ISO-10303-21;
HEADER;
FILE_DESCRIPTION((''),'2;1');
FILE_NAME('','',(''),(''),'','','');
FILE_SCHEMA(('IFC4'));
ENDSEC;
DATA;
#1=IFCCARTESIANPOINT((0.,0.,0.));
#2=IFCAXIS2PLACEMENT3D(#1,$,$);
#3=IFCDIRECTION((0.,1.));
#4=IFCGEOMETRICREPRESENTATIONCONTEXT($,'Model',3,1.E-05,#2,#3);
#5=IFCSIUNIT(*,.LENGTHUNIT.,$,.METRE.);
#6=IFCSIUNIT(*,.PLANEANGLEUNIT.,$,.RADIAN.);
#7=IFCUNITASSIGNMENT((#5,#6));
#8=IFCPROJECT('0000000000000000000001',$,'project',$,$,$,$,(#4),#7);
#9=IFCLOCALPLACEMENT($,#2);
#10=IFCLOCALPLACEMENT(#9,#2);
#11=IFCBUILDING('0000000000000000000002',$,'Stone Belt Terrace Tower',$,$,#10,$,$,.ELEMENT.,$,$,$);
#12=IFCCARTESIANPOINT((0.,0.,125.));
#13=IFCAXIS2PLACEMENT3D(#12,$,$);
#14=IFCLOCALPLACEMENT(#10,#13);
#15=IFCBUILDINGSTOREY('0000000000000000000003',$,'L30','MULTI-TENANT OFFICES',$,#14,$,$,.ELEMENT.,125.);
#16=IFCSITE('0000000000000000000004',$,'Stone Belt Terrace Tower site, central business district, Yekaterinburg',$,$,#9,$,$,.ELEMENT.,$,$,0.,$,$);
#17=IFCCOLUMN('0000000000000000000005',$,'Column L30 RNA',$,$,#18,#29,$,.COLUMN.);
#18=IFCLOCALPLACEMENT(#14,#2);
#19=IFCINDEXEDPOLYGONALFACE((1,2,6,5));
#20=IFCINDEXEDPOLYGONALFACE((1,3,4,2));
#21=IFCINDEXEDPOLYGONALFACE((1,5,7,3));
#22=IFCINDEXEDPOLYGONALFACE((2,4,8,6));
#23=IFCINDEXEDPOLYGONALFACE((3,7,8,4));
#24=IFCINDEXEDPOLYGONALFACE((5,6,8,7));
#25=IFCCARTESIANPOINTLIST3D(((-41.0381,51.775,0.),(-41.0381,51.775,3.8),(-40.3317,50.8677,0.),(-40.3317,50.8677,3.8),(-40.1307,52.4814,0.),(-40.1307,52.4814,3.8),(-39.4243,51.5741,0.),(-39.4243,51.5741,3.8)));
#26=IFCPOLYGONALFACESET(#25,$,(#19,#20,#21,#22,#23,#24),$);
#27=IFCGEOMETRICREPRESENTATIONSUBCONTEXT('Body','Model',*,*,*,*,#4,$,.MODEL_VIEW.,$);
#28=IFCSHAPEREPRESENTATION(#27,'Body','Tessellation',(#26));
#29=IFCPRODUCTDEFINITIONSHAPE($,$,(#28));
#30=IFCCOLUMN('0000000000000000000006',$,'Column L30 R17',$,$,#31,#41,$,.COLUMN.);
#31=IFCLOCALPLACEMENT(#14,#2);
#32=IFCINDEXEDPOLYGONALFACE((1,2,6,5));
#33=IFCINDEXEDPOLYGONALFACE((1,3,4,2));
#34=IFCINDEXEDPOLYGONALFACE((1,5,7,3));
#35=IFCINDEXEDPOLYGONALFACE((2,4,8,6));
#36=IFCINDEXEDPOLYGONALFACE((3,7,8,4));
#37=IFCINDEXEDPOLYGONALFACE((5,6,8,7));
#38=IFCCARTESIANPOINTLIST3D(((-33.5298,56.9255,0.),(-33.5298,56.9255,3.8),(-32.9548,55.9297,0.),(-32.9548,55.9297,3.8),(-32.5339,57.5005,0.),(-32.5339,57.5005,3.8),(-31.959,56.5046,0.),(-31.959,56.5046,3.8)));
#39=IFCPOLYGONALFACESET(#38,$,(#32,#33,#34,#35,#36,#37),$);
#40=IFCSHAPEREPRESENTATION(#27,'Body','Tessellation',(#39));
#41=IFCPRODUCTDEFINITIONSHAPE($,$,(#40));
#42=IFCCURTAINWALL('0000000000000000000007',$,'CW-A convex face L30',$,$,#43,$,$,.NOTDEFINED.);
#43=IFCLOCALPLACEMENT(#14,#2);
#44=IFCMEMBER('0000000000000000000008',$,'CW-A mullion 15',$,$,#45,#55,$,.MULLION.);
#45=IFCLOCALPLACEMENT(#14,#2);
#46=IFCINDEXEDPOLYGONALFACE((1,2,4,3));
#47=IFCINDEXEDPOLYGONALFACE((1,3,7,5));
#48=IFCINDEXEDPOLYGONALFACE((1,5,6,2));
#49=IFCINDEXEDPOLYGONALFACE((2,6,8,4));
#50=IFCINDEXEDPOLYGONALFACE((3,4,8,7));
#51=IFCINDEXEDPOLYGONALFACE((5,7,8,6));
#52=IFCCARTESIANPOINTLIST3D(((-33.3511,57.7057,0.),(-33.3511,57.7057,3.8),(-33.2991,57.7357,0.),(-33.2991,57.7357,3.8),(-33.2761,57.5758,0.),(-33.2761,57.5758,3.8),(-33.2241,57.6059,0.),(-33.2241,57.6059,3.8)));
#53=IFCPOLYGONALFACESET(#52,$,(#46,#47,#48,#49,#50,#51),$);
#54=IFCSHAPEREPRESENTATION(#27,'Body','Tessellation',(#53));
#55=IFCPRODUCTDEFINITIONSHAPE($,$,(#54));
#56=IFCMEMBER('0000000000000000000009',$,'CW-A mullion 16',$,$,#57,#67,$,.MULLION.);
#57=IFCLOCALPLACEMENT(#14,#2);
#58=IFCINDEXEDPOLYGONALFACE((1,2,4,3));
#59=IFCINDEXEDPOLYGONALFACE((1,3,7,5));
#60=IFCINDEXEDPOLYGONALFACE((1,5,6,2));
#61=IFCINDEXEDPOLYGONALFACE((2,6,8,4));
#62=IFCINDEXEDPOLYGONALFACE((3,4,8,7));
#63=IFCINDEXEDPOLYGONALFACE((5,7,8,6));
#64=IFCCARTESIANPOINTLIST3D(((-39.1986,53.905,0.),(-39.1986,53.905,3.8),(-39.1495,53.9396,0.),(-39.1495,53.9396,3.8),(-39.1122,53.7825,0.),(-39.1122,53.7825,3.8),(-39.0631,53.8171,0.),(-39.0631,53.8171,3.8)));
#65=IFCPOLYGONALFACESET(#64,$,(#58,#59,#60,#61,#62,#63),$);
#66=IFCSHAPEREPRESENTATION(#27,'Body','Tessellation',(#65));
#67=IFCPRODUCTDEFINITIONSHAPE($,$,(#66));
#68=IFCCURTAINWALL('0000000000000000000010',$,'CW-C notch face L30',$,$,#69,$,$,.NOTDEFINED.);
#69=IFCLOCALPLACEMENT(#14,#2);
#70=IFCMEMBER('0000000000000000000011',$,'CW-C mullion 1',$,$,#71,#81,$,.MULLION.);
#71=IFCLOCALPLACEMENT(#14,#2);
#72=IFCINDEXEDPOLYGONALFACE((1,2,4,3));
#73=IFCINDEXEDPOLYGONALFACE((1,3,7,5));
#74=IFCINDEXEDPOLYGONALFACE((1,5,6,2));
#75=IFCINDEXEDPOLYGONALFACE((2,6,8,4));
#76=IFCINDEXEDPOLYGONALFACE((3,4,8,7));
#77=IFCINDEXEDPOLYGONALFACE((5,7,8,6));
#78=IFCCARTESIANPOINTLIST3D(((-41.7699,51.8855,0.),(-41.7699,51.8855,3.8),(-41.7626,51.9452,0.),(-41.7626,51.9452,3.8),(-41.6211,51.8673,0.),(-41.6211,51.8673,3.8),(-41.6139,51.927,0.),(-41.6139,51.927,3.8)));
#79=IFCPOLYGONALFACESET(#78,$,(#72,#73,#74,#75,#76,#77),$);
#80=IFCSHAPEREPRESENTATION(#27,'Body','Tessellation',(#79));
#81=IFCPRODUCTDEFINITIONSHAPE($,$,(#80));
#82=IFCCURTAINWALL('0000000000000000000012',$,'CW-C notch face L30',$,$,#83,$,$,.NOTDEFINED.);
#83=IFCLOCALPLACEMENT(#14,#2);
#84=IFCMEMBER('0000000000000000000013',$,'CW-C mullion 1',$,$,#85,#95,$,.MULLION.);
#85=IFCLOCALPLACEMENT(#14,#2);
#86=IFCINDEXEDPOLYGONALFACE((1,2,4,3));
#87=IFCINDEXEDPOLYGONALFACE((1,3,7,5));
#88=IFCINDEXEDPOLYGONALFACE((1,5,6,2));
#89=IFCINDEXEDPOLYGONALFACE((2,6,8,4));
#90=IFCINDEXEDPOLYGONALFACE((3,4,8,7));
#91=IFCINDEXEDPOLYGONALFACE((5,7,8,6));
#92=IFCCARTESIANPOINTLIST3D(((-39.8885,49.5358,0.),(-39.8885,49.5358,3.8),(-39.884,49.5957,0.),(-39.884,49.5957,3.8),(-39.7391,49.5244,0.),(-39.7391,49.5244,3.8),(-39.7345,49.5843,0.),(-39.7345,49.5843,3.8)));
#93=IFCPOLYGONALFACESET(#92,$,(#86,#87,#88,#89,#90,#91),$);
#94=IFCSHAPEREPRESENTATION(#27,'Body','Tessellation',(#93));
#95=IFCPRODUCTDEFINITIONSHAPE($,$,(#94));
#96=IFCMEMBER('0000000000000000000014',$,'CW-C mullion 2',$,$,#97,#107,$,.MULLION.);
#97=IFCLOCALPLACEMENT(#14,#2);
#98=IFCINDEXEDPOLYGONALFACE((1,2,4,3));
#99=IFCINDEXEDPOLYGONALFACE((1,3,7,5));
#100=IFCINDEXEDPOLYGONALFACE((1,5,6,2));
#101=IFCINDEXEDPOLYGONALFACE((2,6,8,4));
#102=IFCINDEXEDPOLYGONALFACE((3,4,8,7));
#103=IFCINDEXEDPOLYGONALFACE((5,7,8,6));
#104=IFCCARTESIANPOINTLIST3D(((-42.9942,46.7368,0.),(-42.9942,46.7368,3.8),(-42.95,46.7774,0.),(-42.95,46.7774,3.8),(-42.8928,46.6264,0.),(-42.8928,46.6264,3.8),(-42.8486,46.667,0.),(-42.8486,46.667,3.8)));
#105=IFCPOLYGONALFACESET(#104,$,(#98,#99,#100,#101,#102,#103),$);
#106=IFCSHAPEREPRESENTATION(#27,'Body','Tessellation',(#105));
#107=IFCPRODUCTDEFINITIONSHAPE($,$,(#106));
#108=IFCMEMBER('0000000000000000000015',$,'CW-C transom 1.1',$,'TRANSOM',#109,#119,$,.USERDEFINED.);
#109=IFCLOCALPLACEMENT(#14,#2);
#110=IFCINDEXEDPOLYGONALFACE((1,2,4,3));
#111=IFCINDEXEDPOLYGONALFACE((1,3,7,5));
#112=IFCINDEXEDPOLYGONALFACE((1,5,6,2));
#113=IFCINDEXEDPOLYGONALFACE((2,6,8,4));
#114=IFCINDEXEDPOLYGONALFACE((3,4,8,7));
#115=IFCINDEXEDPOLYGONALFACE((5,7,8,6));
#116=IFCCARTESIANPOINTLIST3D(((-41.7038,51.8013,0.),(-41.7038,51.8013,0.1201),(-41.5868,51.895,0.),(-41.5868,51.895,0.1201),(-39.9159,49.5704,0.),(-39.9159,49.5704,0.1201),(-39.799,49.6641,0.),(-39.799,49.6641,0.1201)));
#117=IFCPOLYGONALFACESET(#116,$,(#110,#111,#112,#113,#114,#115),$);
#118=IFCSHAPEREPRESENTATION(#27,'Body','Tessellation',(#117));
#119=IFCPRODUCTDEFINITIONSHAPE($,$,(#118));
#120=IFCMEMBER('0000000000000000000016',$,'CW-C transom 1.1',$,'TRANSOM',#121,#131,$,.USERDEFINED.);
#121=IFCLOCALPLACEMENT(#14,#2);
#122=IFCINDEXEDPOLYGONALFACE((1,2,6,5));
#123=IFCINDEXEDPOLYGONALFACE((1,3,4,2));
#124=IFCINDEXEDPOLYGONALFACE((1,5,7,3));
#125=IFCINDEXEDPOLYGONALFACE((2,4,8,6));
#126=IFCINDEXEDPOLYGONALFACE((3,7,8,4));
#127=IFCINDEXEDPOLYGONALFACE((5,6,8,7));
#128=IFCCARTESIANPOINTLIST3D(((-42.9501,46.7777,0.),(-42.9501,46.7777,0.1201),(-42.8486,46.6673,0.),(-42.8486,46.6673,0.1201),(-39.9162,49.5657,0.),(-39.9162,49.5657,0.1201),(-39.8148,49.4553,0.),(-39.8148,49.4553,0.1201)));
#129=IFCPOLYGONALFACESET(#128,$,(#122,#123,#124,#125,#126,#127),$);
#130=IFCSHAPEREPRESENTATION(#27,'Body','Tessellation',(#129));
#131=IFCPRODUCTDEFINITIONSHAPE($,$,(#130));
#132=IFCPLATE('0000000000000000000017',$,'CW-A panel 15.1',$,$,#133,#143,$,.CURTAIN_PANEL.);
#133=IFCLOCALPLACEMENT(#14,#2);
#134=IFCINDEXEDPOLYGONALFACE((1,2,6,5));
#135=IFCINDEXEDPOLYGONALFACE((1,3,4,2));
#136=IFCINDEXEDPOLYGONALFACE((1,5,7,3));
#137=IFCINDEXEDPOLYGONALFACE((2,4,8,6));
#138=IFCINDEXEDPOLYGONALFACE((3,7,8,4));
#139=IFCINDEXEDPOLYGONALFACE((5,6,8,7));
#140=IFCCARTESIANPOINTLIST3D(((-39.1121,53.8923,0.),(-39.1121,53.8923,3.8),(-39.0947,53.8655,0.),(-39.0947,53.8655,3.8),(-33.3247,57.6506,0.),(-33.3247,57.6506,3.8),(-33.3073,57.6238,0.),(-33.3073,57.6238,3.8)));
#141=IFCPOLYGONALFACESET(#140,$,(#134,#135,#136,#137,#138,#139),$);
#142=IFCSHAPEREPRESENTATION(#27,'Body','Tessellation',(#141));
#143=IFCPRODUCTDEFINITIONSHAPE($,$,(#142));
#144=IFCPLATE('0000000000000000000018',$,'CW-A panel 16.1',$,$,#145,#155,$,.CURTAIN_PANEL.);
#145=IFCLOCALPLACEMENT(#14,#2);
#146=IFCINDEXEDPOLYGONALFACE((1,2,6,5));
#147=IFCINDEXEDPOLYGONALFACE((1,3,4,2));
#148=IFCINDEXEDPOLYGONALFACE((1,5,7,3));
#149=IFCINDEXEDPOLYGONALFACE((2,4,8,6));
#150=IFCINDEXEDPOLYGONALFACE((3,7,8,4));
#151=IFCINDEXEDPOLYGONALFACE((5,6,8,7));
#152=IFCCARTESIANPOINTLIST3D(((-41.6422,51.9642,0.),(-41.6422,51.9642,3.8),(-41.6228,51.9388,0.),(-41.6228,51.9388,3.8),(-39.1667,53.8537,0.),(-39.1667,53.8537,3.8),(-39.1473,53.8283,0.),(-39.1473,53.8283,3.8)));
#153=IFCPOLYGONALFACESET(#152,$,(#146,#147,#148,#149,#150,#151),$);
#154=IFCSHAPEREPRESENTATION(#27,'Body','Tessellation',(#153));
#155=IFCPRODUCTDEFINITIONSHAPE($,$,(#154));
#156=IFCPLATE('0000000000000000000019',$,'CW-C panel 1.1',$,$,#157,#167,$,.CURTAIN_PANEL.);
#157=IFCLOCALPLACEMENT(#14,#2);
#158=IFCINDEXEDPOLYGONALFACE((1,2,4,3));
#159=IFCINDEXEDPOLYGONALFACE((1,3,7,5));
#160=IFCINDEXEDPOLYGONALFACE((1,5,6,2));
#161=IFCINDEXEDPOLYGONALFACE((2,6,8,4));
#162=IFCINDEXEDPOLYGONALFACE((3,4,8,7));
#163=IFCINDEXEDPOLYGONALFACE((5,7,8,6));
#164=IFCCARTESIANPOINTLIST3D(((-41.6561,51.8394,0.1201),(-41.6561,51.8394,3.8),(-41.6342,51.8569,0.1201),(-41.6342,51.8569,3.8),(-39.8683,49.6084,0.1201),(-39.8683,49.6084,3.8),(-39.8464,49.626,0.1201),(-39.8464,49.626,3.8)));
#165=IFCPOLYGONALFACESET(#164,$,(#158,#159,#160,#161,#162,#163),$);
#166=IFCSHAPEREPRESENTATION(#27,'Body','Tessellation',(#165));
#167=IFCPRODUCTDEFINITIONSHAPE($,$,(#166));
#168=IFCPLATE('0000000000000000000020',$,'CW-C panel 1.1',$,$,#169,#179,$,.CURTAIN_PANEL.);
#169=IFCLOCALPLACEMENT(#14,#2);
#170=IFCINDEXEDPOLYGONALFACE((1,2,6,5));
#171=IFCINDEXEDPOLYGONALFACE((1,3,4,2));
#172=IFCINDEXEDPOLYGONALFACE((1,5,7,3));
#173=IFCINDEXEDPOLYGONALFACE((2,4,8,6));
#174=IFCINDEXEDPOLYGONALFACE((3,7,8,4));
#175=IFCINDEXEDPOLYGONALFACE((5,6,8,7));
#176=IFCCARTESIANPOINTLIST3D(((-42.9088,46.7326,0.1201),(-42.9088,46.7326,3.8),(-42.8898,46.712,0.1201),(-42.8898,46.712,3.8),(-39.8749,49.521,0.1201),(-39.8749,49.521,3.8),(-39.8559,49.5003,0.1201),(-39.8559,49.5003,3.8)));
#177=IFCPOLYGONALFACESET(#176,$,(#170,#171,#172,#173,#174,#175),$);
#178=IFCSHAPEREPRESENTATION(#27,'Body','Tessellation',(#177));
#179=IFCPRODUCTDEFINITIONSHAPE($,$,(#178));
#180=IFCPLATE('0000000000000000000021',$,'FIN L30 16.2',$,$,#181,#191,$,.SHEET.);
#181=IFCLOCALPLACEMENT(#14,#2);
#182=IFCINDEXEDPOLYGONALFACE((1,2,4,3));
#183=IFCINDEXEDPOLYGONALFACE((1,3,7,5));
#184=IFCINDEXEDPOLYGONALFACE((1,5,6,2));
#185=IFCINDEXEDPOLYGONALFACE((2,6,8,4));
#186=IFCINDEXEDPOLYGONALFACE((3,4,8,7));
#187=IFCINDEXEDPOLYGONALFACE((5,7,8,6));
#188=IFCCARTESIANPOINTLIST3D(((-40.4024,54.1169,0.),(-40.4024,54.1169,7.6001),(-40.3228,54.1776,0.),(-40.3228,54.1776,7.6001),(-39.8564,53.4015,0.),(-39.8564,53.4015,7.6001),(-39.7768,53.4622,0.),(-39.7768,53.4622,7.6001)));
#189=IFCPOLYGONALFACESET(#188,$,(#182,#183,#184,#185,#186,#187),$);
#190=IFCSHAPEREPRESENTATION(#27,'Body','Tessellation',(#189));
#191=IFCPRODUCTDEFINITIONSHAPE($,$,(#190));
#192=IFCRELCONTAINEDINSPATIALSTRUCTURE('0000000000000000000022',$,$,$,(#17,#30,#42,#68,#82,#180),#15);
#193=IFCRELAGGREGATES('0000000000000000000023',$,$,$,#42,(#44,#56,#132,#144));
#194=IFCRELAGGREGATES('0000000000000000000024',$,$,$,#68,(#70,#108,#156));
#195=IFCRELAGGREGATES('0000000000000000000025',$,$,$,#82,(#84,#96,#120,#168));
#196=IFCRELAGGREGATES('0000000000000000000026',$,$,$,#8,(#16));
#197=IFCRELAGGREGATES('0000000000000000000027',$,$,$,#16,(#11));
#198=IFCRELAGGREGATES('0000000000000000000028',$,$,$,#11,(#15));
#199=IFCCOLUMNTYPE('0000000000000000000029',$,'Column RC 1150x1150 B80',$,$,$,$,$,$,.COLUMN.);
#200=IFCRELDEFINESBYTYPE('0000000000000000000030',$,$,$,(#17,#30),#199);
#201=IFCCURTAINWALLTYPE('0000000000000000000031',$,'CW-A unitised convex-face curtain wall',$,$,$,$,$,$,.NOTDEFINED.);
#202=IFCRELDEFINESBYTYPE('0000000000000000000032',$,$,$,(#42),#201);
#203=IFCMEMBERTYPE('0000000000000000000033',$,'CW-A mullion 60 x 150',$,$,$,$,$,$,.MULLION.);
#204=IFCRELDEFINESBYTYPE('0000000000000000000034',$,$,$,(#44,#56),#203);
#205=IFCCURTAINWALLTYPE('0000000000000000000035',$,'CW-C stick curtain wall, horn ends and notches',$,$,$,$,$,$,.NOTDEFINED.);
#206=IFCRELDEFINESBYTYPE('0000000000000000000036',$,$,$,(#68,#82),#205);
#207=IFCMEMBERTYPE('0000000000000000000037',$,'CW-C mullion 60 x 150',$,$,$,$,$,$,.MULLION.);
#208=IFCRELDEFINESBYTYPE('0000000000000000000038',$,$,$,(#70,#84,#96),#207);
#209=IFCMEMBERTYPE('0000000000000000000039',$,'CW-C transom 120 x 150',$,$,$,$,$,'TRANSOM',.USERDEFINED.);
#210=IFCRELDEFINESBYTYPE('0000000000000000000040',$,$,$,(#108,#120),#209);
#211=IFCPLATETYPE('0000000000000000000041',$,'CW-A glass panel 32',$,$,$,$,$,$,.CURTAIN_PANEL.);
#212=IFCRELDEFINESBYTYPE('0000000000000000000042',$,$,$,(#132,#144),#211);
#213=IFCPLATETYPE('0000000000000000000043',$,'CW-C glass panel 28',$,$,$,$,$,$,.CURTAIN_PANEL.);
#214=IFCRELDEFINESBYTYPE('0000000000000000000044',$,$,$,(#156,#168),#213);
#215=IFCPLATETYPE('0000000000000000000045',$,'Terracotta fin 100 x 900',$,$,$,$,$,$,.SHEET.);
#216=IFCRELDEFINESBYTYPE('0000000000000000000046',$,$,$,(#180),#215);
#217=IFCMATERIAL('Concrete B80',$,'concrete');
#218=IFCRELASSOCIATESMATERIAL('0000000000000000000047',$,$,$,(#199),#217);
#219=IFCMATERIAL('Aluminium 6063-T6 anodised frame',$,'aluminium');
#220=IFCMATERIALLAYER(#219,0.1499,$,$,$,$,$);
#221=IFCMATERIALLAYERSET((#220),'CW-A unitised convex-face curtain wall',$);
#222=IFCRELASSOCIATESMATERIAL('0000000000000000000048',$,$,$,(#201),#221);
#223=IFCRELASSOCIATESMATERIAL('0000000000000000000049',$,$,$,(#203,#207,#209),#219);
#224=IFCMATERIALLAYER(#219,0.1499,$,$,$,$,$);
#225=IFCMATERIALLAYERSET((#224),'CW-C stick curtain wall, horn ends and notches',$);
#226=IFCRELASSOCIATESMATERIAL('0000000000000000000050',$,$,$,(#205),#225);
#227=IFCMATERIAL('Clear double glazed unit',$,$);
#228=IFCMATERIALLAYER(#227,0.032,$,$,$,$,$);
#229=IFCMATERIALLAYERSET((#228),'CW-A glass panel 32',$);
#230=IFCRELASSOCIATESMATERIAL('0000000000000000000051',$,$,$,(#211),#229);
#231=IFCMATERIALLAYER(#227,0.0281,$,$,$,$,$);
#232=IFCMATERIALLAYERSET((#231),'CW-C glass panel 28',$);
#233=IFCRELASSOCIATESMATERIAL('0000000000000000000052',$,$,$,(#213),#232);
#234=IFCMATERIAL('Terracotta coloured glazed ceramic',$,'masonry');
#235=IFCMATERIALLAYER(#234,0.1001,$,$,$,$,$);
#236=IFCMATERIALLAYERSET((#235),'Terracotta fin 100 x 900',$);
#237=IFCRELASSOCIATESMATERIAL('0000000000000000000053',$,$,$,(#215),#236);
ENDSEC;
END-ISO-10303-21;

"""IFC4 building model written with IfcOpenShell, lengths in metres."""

from ifc_helpers import new_model, si_unit, direction, frame, origin, origin_2d, place, context, subcontext, project, spatial, rectangle, extrude, material, layer, layer_set, material_profile, profile_set, type_object, element, aggregate, save


model = new_model("IFC4")

# Units and contexts
model_context = context("Model", 3, precision=1e-05, world=origin(), true_north=direction((0.0, 1.0)))
body_context = subcontext(model_context, "Body", "Model", "MODEL_VIEW")
ifc_project = project(units=[si_unit("LENGTHUNIT", "METRE"), si_unit("PLANEANGLEUNIT", "RADIAN")], contexts=[model_context])

# Site, building, storey
site_placement = place(None, origin())
site = spatial("IfcSite", under=ifc_project, at=site_placement, Name="Stone Belt Terrace Tower site, central business district, Yekaterinburg", CompositionType="ELEMENT", RefElevation=0.0)
building_placement = place(site_placement, origin())
building = spatial("IfcBuilding", under=site, at=building_placement, Name="Stone Belt Terrace Tower", CompositionType="ELEMENT")
storey_placement = place(building_placement, frame((0.0, 0.0, 125.0)))
storey = spatial("IfcBuildingStorey", under=building, at=storey_placement, Name="L30", Description="MULTI-TENANT OFFICES", CompositionType="ELEMENT", Elevation=125.0)

# Columns
ifc_material_1 = material(Name="Concrete B80", Category="concrete")
ifc_material_profile_1 = material_profile(ifc_material_1, rectangle(XDim=1.1499, YDim=1.1499, at=origin_2d()), Name="RC 1150x1150")
ifc_profile_set_1 = profile_set([ifc_material_profile_1], Name="Concrete B80")
column_type = type_object("IfcColumnType", Name="Column RC 1150x1150 B80", PredefinedType="COLUMN", material=ifc_profile_set_1)
for number, where, z_axis, x_axis, name in (
    (1, (-40.2312, 51.6746, 0.0), (0.0, 0.0, 1.0), (0.789057, 0.61432, 0.0), "Column L30 RNA"),
    (2, (-32.7444, 56.7151, 0.0), (0.0, 0.0, 1.0), (0.866025, 0.5, 0.0), "Column L30 R17"),
):
    element("IfcColumn", number, at=place(storey_placement, frame(where, z_axis=z_axis, x_axis=x_axis)), inside=storey, type_object=column_type, Name=name, PredefinedType="COLUMN", context=body_context, shape_type="SweptSolid", body=[
        extrude(rectangle(XDim=1.1499, YDim=1.1499, at=origin_2d()), origin(), (0.0, 0.0, 1.0), 3.8),
    ])

# Curtain wall, members
ifc_material_2 = material(Name="Aluminium 6063-T6 anodised frame", Category="aluminium")
ifc_layer_1 = layer(ifc_material_2, 0.1499)
ifc_layer_set_1 = layer_set([ifc_layer_1], Name="CW-A unitised convex-face curtain wall")
curtain_wall_type_1 = type_object("IfcCurtainWallType", Name="CW-A unitised convex-face curtain wall", PredefinedType="NOTDEFINED", material=ifc_layer_set_1)
curtain_wall_1_placement = place(storey_placement, origin())
curtain_wall_1 = element("IfcCurtainWall", 3, at=curtain_wall_1_placement, inside=storey, type_object=curtain_wall_type_1, Name="CW-A convex face L30", PredefinedType="NOTDEFINED")
ifc_material_profile_2 = material_profile(ifc_material_2, rectangle(XDim=0.1499, YDim=0.0601, at=origin_2d()), Name="Aluminium 6063-T6 60x150")
ifc_profile_set_2 = profile_set([ifc_material_profile_2], Name="Aluminium 6063-T6 anodised frame")
member_type_1 = type_object("IfcMemberType", Name="CW-A mullion 60 x 150", PredefinedType="MULLION", material=ifc_profile_set_2)
member_1_placement = place(storey_placement, frame((-33.2876, 57.6558, 0.0), z_axis=(0.0, 0.0, 1.0), x_axis=(0.5, -0.866025, 0.0)))
member_1 = element("IfcMember", 4, at=member_1_placement, type_object=member_type_1, Name="CW-A mullion 15", PredefinedType="MULLION", context=body_context, shape_type="SweptSolid", body=[
    extrude(rectangle(XDim=0.1499, YDim=0.0601, at=origin_2d()), origin(), (0.0, 0.0, 1.0), 3.8),
])
member_2_placement = place(storey_placement, frame((-39.1309, 53.8611, 0.0), z_axis=(0.0, 0.0, 1.0), x_axis=(0.576102, -0.817378, 0.0)))
member_2 = element("IfcMember", 5, at=member_2_placement, type_object=member_type_1, Name="CW-A mullion 16", PredefinedType="MULLION", context=body_context, shape_type="SweptSolid", body=[
    extrude(rectangle(XDim=0.1499, YDim=0.0601, at=origin_2d()), origin(), (0.0, 0.0, 1.0), 3.8),
])

# Curtain wall, member
ifc_layer_2 = layer(ifc_material_2, 0.1499)
ifc_layer_set_2 = layer_set([ifc_layer_2], Name="CW-C stick curtain wall, horn ends and notches")
curtain_wall_type_2 = type_object("IfcCurtainWallType", Name="CW-C stick curtain wall, horn ends and notches", PredefinedType="NOTDEFINED", material=ifc_layer_set_2)
curtain_wall_2_placement = place(storey_placement, origin())
curtain_wall_2 = element("IfcCurtainWall", 6, at=curtain_wall_2_placement, inside=storey, type_object=curtain_wall_type_2, Name="CW-C notch face L30", PredefinedType="NOTDEFINED")
ifc_material_profile_3 = material_profile(ifc_material_2, rectangle(XDim=0.1499, YDim=0.0601, at=origin_2d()), Name="Aluminium 6063-T6 60x150")
ifc_profile_set_3 = profile_set([ifc_material_profile_3], Name="Aluminium 6063-T6 anodised frame")
member_type_2 = type_object("IfcMemberType", Name="CW-C mullion 60 x 150", PredefinedType="MULLION", material=ifc_profile_set_3)
member_3_placement = place(storey_placement, frame((-41.6919, 51.9062, 0.0), z_axis=(0.0, 0.0, 1.0), x_axis=(0.992611, -0.121341, 0.0)))
member_3 = element("IfcMember", 7, at=member_3_placement, type_object=member_type_2, Name="CW-C mullion 1", PredefinedType="MULLION", context=body_context, shape_type="SweptSolid", body=[
    extrude(rectangle(XDim=0.1499, YDim=0.0601, at=origin_2d()), origin(), (0.0, 0.0, 1.0), 3.8),
])

# Curtain wall, members
curtain_wall_3_placement = place(storey_placement, origin())
curtain_wall_3 = element("IfcCurtainWall", 8, at=curtain_wall_3_placement, inside=storey, type_object=curtain_wall_type_2, Name="CW-C notch face L30", PredefinedType="NOTDEFINED")
member_4_placement = place(storey_placement, frame((-39.8115, 49.5601, 0.0), z_axis=(0.0, 0.0, 1.0), x_axis=(0.997114, -0.07592, 0.0)))
member_4 = element("IfcMember", 9, at=member_4_placement, type_object=member_type_2, Name="CW-C mullion 1", PredefinedType="MULLION", context=body_context, shape_type="SweptSolid", body=[
    extrude(rectangle(XDim=0.1499, YDim=0.0601, at=origin_2d()), origin(), (0.0, 0.0, 1.0), 3.8),
])
member_5_placement = place(storey_placement, frame((-42.9214, 46.7019, 0.0), z_axis=(0.0, 0.0, 1.0), x_axis=(0.676677, -0.73628, 0.0)))
member_5 = element("IfcMember", 10, at=member_5_placement, type_object=member_type_2, Name="CW-C mullion 2", PredefinedType="MULLION", context=body_context, shape_type="SweptSolid", body=[
    extrude(rectangle(XDim=0.1499, YDim=0.0601, at=origin_2d()), origin(), (0.0, 0.0, 1.0), 3.8),
])

# Members
ifc_material_profile_4 = material_profile(ifc_material_2, rectangle(XDim=0.1499, YDim=0.1201, at=origin_2d()), Name="Aluminium 6063-T6 150x120")
ifc_profile_set_4 = profile_set([ifc_material_profile_4], Name="Aluminium 6063-T6 anodised frame")
member_type_3 = type_object("IfcMemberType", Name="CW-C transom 120 x 150", ElementType="TRANSOM", PredefinedType="USERDEFINED", material=ifc_profile_set_4)
member_6_placement = place(storey_placement, frame((-41.6453, 51.8481, 0.0601), z_axis=(0.625351, -0.780344, 0.0), x_axis=(0.780344, 0.625351, 0.0)))
member_6 = element("IfcMember", 11, at=member_6_placement, type_object=member_type_3, Name="CW-C transom 1.1", ObjectType="TRANSOM", PredefinedType="USERDEFINED", context=body_context, shape_type="SweptSolid", body=[
    extrude(rectangle(XDim=0.1499, YDim=0.1201, at=origin_2d()), origin(), (0.0, 0.0, 1.0), 2.8589),
])
member_7_placement = place(storey_placement, frame((-39.8655, 49.5105, 0.0601), z_axis=(-0.73631, -0.676644, 0.0), x_axis=(0.676644, -0.73631, 0.0)))
member_7 = element("IfcMember", 12, at=member_7_placement, type_object=member_type_3, Name="CW-C transom 1.1", ObjectType="TRANSOM", PredefinedType="USERDEFINED", context=body_context, shape_type="SweptSolid", body=[
    extrude(rectangle(XDim=0.1499, YDim=0.1201, at=origin_2d()), origin(), (0.0, 0.0, 1.0), 4.1204),
])

# Plates
ifc_material_3 = material(Name="Clear double glazed unit")
ifc_layer_3 = layer(ifc_material_3, 0.032)
ifc_layer_set_3 = layer_set([ifc_layer_3], Name="CW-A glass panel 32")
plate_type_1 = type_object("IfcPlateType", Name="CW-A glass panel 32", PredefinedType="CURTAIN_PANEL", material=ifc_layer_set_3)
plate_1_placement = place(storey_placement, frame((-36.2097, 55.7581, 0.0), z_axis=(0.0, 0.0, 1.0), x_axis=(-0.838671, -0.544639, 0.0)))
plate_1 = element("IfcPlate", 13, at=plate_1_placement, type_object=plate_type_1, Name="CW-A panel 15.1", PredefinedType="CURTAIN_PANEL", context=body_context, shape_type="SweptSolid", body=[
    extrude(rectangle(XDim=6.9006, YDim=0.032, at=origin_2d()), origin(), (0.0, 0.0, 1.0), 3.8),
])
plate_2_placement = place(storey_placement, frame((-40.3948, 52.8962, 0.0), z_axis=(0.0, 0.0, 1.0), x_axis=(-0.794905, -0.606733, 0.0)))
plate_2 = element("IfcPlate", 14, at=plate_2_placement, type_object=plate_type_1, Name="CW-A panel 16.1", PredefinedType="CURTAIN_PANEL", context=body_context, shape_type="SweptSolid", body=[
    extrude(rectangle(XDim=3.1143, YDim=0.032, at=origin_2d()), origin(), (0.0, 0.0, 1.0), 3.8),
])
aggregate(curtain_wall_1, [member_1, member_2, plate_1, plate_2])
ifc_layer_4 = layer(ifc_material_3, 0.0281)
ifc_layer_set_4 = layer_set([ifc_layer_4], Name="CW-C glass panel 28")
plate_type_2 = type_object("IfcPlateType", Name="CW-C glass panel 28", PredefinedType="CURTAIN_PANEL", material=ifc_layer_set_4)
plate_3_placement = place(storey_placement, frame((-40.7512, 50.7327, 0.1201), z_axis=(0.0, 0.0, 1.0), x_axis=(0.625343, -0.78035, 0.0)))
plate_3 = element("IfcPlate", 15, at=plate_3_placement, type_object=plate_type_2, Name="CW-C panel 1.1", PredefinedType="CURTAIN_PANEL", context=body_context, shape_type="SweptSolid", body=[
    extrude(rectangle(XDim=2.8589, YDim=0.0281, at=origin_2d()), origin(), (0.0, 0.0, 1.0), 3.6799),
])
aggregate(curtain_wall_2, [member_3, member_6, plate_3])
plate_4_placement = place(storey_placement, frame((-41.3823, 48.1165, 0.1201), z_axis=(0.0, 0.0, 1.0), x_axis=(-0.73628, -0.676677, 0.0)))
plate_4 = element("IfcPlate", 16, at=plate_4_placement, type_object=plate_type_2, Name="CW-C panel 1.1", PredefinedType="CURTAIN_PANEL", context=body_context, shape_type="SweptSolid", body=[
    extrude(rectangle(XDim=4.1206, YDim=0.0281, at=origin_2d()), origin(), (0.0, 0.0, 1.0), 3.6799),
])
aggregate(curtain_wall_3, [member_4, member_5, member_7, plate_4])

# Plate
ifc_material_4 = material(Name="Terracotta coloured glazed ceramic", Category="masonry")
ifc_layer_5 = layer(ifc_material_4, 0.1001)
ifc_layer_set_5 = layer_set([ifc_layer_5], Name="Terracotta fin 100 x 900")
plate_type_3 = type_object("IfcPlateType", Name="Terracotta fin 100 x 900", PredefinedType="SHEET", material=ifc_layer_set_5)
for number, where, z_axis, x_axis, name in (
    (17, (-40.0896, 53.7896, 0.0), (0.0, 0.0, 1.0), (-0.606733, 0.794905, 0.0), "FIN L30 16.2"),
):
    element("IfcPlate", number, at=place(storey_placement, frame(where, z_axis=z_axis, x_axis=x_axis)), inside=storey, type_object=plate_type_3, Name=name, PredefinedType="SHEET", context=body_context, shape_type="SweptSolid", body=[
        extrude(rectangle(XDim=0.8999, YDim=0.1001, at=origin_2d()), origin(), (0.0, 0.0, 1.0), 7.6001),
    ])

save(model, "model.ifc")
